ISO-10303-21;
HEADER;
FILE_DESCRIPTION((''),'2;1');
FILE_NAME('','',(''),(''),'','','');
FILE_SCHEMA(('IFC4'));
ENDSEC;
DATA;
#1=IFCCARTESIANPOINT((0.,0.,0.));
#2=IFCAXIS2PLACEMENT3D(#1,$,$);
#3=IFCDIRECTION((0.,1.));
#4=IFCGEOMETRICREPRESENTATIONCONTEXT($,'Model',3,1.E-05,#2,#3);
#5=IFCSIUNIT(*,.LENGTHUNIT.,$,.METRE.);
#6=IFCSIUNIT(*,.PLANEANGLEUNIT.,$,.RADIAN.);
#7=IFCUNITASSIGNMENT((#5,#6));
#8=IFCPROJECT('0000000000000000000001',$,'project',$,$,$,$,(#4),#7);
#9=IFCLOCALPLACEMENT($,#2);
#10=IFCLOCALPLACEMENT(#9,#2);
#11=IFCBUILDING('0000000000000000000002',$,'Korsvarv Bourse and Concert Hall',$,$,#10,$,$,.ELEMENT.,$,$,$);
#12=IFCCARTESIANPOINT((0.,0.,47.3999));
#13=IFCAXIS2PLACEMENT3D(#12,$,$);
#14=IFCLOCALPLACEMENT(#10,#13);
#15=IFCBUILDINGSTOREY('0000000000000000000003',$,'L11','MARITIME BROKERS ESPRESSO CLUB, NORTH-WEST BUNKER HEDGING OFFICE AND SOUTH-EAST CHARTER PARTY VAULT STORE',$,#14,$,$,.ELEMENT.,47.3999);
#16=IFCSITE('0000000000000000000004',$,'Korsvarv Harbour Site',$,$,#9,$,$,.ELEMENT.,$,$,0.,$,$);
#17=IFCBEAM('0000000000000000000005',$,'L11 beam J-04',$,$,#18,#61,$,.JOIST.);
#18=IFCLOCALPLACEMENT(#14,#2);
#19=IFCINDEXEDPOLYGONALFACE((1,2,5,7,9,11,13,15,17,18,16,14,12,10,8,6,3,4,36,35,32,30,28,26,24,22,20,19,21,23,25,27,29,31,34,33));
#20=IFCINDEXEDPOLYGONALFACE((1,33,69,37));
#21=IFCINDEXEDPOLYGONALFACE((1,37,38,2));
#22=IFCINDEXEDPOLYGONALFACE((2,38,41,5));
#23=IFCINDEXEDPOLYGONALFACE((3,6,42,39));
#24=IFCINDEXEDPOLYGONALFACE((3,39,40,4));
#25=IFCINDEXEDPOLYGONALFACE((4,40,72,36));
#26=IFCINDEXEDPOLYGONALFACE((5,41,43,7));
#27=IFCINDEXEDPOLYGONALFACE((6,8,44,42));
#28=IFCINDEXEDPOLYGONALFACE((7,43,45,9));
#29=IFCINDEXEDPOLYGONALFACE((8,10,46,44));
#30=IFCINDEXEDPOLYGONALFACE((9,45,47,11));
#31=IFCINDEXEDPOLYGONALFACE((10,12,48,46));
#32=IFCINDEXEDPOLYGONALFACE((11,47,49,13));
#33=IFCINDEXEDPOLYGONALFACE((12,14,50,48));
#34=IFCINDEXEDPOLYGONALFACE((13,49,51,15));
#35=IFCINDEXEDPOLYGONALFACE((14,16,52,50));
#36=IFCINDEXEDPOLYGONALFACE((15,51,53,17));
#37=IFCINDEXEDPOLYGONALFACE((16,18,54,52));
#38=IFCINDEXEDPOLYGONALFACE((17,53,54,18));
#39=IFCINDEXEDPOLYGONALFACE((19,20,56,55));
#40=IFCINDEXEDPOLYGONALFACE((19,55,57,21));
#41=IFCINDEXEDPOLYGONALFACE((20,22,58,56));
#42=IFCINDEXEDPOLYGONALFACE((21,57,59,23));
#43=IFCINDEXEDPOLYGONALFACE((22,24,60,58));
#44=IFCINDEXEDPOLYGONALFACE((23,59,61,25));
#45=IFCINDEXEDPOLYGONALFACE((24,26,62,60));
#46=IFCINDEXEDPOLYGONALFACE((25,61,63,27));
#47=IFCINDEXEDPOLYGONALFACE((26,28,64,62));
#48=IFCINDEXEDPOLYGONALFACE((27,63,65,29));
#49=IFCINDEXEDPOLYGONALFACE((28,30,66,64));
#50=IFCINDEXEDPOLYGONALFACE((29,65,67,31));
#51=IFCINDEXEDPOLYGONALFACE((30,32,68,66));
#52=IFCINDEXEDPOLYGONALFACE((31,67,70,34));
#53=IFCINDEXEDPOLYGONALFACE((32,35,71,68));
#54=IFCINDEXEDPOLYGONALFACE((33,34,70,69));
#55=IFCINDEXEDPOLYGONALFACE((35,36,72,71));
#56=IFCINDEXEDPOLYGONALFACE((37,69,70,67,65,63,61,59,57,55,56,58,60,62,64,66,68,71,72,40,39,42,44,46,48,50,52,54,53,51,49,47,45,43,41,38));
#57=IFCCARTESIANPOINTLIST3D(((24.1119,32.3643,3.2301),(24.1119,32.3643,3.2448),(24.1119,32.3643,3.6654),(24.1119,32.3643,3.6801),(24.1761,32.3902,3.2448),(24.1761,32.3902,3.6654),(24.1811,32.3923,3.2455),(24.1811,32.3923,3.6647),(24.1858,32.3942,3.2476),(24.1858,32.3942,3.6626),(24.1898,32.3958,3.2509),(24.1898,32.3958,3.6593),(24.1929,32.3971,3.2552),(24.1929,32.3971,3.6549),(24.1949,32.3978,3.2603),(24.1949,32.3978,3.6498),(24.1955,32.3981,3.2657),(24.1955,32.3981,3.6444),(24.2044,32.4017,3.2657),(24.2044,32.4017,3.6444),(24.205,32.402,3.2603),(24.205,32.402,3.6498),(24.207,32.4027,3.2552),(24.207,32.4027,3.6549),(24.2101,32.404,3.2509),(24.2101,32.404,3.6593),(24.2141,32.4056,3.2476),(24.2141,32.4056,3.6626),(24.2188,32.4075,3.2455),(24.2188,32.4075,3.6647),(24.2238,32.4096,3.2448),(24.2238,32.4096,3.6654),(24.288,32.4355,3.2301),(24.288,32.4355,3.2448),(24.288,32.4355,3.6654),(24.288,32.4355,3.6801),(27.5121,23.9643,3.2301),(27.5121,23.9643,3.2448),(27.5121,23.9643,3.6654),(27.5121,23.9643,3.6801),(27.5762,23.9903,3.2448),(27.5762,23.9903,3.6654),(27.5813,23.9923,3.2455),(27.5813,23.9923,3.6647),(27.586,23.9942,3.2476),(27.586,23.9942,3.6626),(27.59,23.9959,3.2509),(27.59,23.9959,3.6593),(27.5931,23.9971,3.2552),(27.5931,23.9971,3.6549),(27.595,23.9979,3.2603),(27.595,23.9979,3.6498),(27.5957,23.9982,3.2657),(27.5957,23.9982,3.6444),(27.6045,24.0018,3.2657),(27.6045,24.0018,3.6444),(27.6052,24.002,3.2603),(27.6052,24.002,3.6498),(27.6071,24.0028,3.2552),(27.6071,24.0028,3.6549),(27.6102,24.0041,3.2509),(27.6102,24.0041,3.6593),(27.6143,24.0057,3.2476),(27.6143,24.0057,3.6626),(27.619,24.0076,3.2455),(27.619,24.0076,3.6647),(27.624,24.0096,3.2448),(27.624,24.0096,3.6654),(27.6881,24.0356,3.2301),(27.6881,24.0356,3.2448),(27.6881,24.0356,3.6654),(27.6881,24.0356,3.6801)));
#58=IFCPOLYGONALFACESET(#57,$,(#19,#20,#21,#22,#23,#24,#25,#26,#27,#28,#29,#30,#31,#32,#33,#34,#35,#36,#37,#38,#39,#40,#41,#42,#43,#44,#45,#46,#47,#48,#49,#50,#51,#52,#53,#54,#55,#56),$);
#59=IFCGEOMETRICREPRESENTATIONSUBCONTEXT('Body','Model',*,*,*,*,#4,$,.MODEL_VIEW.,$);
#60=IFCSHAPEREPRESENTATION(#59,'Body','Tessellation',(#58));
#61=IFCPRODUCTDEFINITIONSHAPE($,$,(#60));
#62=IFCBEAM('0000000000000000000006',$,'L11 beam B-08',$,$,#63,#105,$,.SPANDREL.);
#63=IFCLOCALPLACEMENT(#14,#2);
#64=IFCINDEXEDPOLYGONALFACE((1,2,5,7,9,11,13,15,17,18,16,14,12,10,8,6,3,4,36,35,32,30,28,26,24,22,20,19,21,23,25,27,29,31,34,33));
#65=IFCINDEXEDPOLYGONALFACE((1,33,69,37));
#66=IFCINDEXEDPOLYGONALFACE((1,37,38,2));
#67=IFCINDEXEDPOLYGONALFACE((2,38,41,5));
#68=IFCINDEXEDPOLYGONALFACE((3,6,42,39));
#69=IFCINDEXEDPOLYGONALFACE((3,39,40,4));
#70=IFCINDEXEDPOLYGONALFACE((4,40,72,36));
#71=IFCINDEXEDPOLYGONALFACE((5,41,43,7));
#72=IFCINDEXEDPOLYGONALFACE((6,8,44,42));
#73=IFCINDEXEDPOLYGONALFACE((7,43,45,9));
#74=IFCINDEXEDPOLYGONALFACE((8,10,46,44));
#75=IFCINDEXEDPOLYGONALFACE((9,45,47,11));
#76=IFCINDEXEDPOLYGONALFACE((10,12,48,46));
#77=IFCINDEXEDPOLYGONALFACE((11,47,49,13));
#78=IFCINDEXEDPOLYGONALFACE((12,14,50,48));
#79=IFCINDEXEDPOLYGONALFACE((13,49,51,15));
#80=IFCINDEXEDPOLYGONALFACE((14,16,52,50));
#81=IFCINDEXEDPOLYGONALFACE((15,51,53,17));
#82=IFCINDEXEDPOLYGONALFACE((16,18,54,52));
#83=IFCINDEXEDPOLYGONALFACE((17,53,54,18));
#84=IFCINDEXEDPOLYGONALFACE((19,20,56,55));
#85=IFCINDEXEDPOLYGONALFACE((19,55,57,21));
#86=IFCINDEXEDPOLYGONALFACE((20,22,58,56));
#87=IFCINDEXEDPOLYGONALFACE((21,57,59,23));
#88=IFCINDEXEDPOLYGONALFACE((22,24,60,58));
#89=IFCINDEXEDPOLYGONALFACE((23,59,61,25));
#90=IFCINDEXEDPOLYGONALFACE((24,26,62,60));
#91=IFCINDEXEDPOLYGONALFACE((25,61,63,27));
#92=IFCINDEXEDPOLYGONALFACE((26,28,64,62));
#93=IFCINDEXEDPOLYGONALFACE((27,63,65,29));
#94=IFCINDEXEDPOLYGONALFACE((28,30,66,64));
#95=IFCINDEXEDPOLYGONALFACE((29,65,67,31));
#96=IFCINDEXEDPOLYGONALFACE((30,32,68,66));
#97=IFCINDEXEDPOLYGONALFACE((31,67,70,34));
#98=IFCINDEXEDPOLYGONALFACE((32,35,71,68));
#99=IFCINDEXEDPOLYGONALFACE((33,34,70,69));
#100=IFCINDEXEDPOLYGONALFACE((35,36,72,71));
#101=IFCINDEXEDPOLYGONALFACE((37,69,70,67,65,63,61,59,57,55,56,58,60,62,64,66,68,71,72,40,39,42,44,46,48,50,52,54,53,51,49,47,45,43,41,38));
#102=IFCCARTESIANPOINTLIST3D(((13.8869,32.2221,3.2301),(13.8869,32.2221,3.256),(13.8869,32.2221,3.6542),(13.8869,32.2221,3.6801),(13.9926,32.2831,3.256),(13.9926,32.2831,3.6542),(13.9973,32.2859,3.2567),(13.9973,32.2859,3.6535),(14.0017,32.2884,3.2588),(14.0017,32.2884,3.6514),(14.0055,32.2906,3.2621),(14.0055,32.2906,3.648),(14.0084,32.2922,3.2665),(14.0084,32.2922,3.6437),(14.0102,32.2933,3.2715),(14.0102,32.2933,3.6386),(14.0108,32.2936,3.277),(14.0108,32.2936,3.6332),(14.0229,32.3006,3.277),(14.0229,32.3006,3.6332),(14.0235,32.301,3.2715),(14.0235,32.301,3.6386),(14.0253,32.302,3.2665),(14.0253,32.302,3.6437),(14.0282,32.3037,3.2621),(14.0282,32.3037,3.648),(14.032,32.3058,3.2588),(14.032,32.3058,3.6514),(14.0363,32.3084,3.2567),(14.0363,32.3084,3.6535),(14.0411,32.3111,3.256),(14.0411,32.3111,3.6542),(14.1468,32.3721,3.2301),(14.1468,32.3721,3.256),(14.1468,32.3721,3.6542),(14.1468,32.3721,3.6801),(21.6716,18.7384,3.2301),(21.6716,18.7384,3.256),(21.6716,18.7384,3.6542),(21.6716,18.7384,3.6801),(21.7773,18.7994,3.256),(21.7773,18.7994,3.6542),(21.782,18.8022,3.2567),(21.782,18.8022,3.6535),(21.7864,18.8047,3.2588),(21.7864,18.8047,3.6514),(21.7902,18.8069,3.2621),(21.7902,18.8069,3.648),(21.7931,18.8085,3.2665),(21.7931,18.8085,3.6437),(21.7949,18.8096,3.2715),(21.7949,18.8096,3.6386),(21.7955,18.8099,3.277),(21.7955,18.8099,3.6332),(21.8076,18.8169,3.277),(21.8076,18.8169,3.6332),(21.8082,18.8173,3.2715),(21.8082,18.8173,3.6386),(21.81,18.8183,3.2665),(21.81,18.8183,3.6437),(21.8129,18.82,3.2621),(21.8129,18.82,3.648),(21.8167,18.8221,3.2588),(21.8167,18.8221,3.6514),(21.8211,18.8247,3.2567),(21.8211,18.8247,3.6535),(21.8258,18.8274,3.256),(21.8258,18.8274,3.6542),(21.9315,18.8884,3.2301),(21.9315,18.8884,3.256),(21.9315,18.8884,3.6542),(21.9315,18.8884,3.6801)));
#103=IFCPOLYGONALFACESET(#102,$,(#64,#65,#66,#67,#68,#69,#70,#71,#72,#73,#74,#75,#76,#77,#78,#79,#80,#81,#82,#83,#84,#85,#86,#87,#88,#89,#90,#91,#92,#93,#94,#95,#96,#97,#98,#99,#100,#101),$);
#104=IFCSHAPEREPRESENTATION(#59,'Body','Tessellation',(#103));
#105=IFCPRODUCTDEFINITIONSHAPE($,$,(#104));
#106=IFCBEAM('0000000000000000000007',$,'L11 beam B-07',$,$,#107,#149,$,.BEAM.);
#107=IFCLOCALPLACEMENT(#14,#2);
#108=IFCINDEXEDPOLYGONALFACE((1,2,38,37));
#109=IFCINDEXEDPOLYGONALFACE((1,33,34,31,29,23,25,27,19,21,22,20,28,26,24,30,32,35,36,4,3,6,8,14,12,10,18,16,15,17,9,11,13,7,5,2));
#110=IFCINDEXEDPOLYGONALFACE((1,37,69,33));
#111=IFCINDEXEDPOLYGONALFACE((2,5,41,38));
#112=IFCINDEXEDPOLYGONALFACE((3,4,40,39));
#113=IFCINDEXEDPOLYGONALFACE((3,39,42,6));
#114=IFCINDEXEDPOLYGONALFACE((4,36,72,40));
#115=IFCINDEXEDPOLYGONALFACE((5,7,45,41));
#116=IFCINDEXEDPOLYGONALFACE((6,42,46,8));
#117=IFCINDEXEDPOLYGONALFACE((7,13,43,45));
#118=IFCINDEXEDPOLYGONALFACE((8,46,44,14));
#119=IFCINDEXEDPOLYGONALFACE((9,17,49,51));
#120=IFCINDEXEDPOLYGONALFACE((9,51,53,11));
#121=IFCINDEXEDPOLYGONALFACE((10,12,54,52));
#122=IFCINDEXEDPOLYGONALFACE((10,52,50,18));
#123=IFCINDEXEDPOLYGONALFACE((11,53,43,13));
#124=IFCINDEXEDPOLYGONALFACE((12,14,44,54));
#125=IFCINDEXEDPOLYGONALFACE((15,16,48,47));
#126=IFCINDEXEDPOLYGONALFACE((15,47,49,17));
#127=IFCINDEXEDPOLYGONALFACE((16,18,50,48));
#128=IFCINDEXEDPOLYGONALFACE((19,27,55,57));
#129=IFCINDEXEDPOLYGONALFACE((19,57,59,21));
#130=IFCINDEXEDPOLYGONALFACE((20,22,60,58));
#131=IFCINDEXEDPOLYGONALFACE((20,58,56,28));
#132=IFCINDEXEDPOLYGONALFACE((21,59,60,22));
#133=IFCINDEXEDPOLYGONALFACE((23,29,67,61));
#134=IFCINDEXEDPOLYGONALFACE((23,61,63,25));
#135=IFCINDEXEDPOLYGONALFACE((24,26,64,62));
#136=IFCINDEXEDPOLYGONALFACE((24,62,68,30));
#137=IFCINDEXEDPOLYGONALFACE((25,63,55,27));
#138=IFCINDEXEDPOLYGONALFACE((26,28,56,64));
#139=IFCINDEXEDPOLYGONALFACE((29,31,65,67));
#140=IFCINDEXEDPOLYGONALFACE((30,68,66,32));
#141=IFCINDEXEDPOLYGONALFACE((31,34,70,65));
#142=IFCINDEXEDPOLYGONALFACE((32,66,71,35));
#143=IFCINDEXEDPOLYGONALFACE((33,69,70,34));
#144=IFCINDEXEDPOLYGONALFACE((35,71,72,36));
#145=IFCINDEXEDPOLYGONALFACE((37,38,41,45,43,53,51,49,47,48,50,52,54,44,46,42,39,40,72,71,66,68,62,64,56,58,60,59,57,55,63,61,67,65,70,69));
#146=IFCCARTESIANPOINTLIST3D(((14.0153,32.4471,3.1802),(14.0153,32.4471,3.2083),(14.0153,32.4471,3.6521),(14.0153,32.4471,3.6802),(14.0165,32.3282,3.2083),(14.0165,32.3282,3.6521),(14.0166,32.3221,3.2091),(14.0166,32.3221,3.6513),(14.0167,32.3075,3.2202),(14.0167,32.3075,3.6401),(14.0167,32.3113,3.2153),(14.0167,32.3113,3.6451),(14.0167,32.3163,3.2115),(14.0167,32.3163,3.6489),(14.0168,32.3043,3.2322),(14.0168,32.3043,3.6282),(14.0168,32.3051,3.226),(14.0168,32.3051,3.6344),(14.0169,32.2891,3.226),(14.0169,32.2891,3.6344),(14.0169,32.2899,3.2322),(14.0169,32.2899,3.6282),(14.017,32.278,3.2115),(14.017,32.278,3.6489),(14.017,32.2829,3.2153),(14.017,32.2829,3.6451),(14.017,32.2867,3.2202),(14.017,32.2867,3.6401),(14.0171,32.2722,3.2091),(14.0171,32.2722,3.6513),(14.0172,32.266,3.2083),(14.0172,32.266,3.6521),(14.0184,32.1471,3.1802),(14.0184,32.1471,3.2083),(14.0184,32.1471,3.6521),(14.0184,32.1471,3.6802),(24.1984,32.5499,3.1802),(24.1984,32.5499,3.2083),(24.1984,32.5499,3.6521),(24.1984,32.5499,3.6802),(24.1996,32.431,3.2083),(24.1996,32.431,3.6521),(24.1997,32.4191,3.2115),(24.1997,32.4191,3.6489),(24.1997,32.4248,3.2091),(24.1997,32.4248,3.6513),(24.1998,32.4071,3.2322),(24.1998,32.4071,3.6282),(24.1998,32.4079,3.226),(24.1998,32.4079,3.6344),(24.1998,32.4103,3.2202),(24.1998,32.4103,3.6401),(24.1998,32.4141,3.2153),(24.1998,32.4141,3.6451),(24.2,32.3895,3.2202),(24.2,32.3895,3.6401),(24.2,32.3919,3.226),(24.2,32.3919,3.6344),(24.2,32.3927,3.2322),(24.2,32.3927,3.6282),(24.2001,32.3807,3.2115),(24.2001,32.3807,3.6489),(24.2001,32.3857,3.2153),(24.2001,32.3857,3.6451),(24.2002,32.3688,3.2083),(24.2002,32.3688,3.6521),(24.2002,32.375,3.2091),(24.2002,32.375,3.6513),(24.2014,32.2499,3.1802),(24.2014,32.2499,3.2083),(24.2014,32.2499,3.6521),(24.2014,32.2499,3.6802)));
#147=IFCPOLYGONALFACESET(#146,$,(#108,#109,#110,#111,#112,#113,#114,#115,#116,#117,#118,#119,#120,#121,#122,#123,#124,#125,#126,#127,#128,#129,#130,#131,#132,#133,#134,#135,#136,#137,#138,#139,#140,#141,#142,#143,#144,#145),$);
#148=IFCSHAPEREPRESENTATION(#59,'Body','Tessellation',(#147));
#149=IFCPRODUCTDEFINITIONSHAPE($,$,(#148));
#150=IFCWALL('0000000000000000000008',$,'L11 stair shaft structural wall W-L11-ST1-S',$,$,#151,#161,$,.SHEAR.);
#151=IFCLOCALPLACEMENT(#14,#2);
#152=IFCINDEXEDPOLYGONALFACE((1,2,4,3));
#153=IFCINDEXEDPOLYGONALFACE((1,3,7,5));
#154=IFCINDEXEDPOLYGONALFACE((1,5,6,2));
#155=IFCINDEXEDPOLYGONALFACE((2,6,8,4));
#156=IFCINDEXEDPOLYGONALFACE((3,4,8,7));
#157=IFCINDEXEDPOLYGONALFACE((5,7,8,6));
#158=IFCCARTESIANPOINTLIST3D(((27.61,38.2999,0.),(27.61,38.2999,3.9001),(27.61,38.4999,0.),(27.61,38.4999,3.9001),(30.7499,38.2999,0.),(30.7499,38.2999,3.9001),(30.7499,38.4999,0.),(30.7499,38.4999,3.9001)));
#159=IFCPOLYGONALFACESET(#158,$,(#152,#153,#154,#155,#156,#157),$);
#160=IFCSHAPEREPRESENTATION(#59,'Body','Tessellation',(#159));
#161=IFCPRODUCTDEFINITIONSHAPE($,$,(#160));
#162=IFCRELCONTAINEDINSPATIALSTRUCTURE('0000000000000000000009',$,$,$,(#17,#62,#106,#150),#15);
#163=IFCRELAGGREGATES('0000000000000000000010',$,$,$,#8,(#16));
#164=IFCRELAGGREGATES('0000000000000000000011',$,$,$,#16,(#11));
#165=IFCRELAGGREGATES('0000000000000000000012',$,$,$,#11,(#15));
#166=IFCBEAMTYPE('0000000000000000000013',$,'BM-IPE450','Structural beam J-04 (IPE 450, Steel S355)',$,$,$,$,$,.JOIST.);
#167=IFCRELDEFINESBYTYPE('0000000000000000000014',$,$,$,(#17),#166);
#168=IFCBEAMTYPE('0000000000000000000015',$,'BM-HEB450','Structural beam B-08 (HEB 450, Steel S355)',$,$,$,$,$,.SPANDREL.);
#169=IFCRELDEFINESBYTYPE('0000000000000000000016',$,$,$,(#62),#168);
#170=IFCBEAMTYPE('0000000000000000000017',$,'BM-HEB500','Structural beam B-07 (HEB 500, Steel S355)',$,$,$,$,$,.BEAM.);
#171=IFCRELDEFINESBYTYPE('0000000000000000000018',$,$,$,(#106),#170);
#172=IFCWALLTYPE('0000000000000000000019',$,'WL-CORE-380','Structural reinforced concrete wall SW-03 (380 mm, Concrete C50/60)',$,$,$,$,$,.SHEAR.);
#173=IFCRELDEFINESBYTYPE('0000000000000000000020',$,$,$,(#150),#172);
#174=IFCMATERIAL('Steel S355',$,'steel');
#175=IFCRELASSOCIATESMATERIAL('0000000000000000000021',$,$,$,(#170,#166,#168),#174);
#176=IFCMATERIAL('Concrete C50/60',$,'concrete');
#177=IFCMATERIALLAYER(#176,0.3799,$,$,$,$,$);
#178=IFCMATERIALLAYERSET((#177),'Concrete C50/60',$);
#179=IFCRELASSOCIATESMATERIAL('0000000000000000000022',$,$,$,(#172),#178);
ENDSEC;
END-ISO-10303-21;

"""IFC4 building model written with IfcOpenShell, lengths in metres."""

from ifc_helpers import new_model, si_unit, direction, frame, frame_2d, origin, origin_2d, place, context, subcontext, project, spatial, rectangle, i_section, extrude, source, transform, mapped, material, layer, layer_set, material_profile, profile_set, type_object, element, save


model = new_model("IFC4")

# Units and contexts
model_context = context("Model", 3, precision=1e-05, world=origin(), true_north=direction((0.0, 1.0)))
body_context = subcontext(model_context, "Body", "Model", "MODEL_VIEW")
ifc_project = project(units=[si_unit("LENGTHUNIT", "METRE"), si_unit("PLANEANGLEUNIT", "RADIAN")], contexts=[model_context])

# Site, building, storey
site_placement = place(None, origin())
site = spatial("IfcSite", under=ifc_project, at=site_placement, Name="Korsvarv Harbour Site", CompositionType="ELEMENT", RefElevation=0.0)
building_placement = place(site_placement, origin())
building = spatial("IfcBuilding", under=site, at=building_placement, Name="Korsvarv Bourse and Concert Hall", CompositionType="ELEMENT")
storey_placement = place(building_placement, frame((0.0, 0.0, 47.3999)))
storey = spatial("IfcBuildingStorey", under=building, at=storey_placement, Name="L11", Description="MARITIME BROKERS ESPRESSO CLUB, NORTH-WEST BUNKER HEDGING OFFICE AND SOUTH-EAST CHARTER PARTY VAULT STORE", CompositionType="ELEMENT", Elevation=47.3999)

# Beams
ifc_material_1 = material(Name="Steel S355", Category="steel")
ifc_material_profile_1 = material_profile(ifc_material_1, i_section(OverallWidth=0.3, OverallDepth=0.5, WebThickness=0.0144, FlangeThickness=0.0281, FilletRadius=0.0239, at=origin_2d()), Name="HEB 500")
ifc_profile_set_1 = profile_set([ifc_material_profile_1], Name="Steel S355")
beam_type_1 = type_object("IfcBeamType", Name="BM-HEB500", Description="Structural beam B-07 (HEB 500, Steel S355)", PredefinedType="BEAM", material=ifc_profile_set_1)
ifc_material_profile_2 = material_profile(ifc_material_1, i_section(OverallWidth=0.1899, OverallDepth=0.45, WebThickness=0.0095, FlangeThickness=0.0146, FilletRadius=0.021, at=origin_2d()), Name="IPE 450")
ifc_profile_set_2 = profile_set([ifc_material_profile_2], Name="Steel S355")
beam_type_2 = type_object("IfcBeamType", Name="BM-IPE450", Description="Structural beam J-04 (IPE 450, Steel S355)", PredefinedType="JOIST", material=ifc_profile_set_2)
shared_shape_1 = source(origin(), body_context, "Body", "SweptSolid", [
    extrude(i_section(OverallWidth=0.1899, OverallDepth=0.45, WebThickness=0.0095, FlangeThickness=0.0146, FilletRadius=0.021, at=origin_2d()), origin(), (0.0, 0.0, 1.0), 9.062),
])
beam_1_placement = place(storey_placement, frame((24.2, 32.3999, 3.4551), z_axis=(0.37521, -0.92694, 0.0), x_axis=(0.92694, 0.37521, 0.0)))
element("IfcBeam", 1, at=beam_1_placement, inside=storey, type_object=beam_type_2, Name="L11 beam J-04", PredefinedType="JOIST", context=body_context, shape_type="MappedRepresentation", body=[
    mapped(shared_shape_1, transform((0.0, 0.0, 0.0), scale=1.0)),
])
ifc_material_profile_3 = material_profile(ifc_material_1, i_section(OverallWidth=0.3, OverallDepth=0.45, WebThickness=0.0139, FlangeThickness=0.0259, FilletRadius=0.021, at=origin_2d()), Name="HEB 450")
ifc_profile_set_3 = profile_set([ifc_material_profile_3], Name="Steel S355")
beam_type_3 = type_object("IfcBeamType", Name="BM-HEB450", Description="Structural beam B-08 (HEB 450, Steel S355)", PredefinedType="SPANDREL", material=ifc_profile_set_3)
shared_shape_2 = source(origin(), body_context, "Body", "SweptSolid", [
    extrude(i_section(OverallWidth=0.3, OverallDepth=0.45, WebThickness=0.0139, FlangeThickness=0.0259, FilletRadius=0.021, at=origin_2d()), origin(), (0.0, 0.0, 1.0), 15.5696),
])
beam_2_placement = place(storey_placement, frame((14.0168, 32.2971, 3.4551), z_axis=(0.499994, -0.866029, 0.0), x_axis=(0.866029, 0.499994, 0.0)))
element("IfcBeam", 2, at=beam_2_placement, inside=storey, type_object=beam_type_3, Name="L11 beam B-08", PredefinedType="SPANDREL", context=body_context, shape_type="MappedRepresentation", body=[
    mapped(shared_shape_2, transform((0.0, 0.0, 0.0), scale=1.0)),
])
shared_shape_3 = source(origin(), body_context, "Body", "SweptSolid", [
    extrude(i_section(OverallWidth=0.3, OverallDepth=0.5, WebThickness=0.0144, FlangeThickness=0.0281, FilletRadius=0.0239, at=origin_2d()), origin(), (0.0, 0.0, 1.0), 10.1836),
])
beam_3_placement = place(storey_placement, frame((14.0168, 32.2971, 3.4302), z_axis=(0.999949, 0.010093, 0.0), x_axis=(-0.010093, 0.999949, 0.0)))
element("IfcBeam", 3, at=beam_3_placement, inside=storey, type_object=beam_type_1, Name="L11 beam B-07", PredefinedType="BEAM", context=body_context, shape_type="MappedRepresentation", body=[
    mapped(shared_shape_3, transform((0.0, 0.0, 0.0), scale=1.0)),
])

# Wall
ifc_material_2 = material(Name="Concrete C50/60", Category="concrete")
ifc_layer_1 = layer(ifc_material_2, 0.3799)
ifc_layer_set_1 = layer_set([ifc_layer_1], Name="Concrete C50/60")
wall_type_1 = type_object("IfcWallType", Name="WL-CORE-380", Description="Structural reinforced concrete wall SW-03 (380 mm, Concrete C50/60)", PredefinedType="SHEAR", material=ifc_layer_set_1)
wall_1_placement = place(storey_placement, frame((27.6101, 38.3999, 0.0), z_axis=(0.0, 0.0, 1.0), x_axis=(1.0, 0.0, 0.0)))
element("IfcWall", 4, at=wall_1_placement, inside=storey, type_object=wall_type_1, Name="L11 stair shaft structural wall W-L11-ST1-S", PredefinedType="SHEAR", context=body_context, shape_type="SweptSolid", body=[
    extrude(rectangle(XDim=3.1399, YDim=0.2, at=frame_2d((1.5698, 0.0))), origin(), (0.0, 0.0, 1.0), 3.9001),
])

save(model, "model.ifc")
